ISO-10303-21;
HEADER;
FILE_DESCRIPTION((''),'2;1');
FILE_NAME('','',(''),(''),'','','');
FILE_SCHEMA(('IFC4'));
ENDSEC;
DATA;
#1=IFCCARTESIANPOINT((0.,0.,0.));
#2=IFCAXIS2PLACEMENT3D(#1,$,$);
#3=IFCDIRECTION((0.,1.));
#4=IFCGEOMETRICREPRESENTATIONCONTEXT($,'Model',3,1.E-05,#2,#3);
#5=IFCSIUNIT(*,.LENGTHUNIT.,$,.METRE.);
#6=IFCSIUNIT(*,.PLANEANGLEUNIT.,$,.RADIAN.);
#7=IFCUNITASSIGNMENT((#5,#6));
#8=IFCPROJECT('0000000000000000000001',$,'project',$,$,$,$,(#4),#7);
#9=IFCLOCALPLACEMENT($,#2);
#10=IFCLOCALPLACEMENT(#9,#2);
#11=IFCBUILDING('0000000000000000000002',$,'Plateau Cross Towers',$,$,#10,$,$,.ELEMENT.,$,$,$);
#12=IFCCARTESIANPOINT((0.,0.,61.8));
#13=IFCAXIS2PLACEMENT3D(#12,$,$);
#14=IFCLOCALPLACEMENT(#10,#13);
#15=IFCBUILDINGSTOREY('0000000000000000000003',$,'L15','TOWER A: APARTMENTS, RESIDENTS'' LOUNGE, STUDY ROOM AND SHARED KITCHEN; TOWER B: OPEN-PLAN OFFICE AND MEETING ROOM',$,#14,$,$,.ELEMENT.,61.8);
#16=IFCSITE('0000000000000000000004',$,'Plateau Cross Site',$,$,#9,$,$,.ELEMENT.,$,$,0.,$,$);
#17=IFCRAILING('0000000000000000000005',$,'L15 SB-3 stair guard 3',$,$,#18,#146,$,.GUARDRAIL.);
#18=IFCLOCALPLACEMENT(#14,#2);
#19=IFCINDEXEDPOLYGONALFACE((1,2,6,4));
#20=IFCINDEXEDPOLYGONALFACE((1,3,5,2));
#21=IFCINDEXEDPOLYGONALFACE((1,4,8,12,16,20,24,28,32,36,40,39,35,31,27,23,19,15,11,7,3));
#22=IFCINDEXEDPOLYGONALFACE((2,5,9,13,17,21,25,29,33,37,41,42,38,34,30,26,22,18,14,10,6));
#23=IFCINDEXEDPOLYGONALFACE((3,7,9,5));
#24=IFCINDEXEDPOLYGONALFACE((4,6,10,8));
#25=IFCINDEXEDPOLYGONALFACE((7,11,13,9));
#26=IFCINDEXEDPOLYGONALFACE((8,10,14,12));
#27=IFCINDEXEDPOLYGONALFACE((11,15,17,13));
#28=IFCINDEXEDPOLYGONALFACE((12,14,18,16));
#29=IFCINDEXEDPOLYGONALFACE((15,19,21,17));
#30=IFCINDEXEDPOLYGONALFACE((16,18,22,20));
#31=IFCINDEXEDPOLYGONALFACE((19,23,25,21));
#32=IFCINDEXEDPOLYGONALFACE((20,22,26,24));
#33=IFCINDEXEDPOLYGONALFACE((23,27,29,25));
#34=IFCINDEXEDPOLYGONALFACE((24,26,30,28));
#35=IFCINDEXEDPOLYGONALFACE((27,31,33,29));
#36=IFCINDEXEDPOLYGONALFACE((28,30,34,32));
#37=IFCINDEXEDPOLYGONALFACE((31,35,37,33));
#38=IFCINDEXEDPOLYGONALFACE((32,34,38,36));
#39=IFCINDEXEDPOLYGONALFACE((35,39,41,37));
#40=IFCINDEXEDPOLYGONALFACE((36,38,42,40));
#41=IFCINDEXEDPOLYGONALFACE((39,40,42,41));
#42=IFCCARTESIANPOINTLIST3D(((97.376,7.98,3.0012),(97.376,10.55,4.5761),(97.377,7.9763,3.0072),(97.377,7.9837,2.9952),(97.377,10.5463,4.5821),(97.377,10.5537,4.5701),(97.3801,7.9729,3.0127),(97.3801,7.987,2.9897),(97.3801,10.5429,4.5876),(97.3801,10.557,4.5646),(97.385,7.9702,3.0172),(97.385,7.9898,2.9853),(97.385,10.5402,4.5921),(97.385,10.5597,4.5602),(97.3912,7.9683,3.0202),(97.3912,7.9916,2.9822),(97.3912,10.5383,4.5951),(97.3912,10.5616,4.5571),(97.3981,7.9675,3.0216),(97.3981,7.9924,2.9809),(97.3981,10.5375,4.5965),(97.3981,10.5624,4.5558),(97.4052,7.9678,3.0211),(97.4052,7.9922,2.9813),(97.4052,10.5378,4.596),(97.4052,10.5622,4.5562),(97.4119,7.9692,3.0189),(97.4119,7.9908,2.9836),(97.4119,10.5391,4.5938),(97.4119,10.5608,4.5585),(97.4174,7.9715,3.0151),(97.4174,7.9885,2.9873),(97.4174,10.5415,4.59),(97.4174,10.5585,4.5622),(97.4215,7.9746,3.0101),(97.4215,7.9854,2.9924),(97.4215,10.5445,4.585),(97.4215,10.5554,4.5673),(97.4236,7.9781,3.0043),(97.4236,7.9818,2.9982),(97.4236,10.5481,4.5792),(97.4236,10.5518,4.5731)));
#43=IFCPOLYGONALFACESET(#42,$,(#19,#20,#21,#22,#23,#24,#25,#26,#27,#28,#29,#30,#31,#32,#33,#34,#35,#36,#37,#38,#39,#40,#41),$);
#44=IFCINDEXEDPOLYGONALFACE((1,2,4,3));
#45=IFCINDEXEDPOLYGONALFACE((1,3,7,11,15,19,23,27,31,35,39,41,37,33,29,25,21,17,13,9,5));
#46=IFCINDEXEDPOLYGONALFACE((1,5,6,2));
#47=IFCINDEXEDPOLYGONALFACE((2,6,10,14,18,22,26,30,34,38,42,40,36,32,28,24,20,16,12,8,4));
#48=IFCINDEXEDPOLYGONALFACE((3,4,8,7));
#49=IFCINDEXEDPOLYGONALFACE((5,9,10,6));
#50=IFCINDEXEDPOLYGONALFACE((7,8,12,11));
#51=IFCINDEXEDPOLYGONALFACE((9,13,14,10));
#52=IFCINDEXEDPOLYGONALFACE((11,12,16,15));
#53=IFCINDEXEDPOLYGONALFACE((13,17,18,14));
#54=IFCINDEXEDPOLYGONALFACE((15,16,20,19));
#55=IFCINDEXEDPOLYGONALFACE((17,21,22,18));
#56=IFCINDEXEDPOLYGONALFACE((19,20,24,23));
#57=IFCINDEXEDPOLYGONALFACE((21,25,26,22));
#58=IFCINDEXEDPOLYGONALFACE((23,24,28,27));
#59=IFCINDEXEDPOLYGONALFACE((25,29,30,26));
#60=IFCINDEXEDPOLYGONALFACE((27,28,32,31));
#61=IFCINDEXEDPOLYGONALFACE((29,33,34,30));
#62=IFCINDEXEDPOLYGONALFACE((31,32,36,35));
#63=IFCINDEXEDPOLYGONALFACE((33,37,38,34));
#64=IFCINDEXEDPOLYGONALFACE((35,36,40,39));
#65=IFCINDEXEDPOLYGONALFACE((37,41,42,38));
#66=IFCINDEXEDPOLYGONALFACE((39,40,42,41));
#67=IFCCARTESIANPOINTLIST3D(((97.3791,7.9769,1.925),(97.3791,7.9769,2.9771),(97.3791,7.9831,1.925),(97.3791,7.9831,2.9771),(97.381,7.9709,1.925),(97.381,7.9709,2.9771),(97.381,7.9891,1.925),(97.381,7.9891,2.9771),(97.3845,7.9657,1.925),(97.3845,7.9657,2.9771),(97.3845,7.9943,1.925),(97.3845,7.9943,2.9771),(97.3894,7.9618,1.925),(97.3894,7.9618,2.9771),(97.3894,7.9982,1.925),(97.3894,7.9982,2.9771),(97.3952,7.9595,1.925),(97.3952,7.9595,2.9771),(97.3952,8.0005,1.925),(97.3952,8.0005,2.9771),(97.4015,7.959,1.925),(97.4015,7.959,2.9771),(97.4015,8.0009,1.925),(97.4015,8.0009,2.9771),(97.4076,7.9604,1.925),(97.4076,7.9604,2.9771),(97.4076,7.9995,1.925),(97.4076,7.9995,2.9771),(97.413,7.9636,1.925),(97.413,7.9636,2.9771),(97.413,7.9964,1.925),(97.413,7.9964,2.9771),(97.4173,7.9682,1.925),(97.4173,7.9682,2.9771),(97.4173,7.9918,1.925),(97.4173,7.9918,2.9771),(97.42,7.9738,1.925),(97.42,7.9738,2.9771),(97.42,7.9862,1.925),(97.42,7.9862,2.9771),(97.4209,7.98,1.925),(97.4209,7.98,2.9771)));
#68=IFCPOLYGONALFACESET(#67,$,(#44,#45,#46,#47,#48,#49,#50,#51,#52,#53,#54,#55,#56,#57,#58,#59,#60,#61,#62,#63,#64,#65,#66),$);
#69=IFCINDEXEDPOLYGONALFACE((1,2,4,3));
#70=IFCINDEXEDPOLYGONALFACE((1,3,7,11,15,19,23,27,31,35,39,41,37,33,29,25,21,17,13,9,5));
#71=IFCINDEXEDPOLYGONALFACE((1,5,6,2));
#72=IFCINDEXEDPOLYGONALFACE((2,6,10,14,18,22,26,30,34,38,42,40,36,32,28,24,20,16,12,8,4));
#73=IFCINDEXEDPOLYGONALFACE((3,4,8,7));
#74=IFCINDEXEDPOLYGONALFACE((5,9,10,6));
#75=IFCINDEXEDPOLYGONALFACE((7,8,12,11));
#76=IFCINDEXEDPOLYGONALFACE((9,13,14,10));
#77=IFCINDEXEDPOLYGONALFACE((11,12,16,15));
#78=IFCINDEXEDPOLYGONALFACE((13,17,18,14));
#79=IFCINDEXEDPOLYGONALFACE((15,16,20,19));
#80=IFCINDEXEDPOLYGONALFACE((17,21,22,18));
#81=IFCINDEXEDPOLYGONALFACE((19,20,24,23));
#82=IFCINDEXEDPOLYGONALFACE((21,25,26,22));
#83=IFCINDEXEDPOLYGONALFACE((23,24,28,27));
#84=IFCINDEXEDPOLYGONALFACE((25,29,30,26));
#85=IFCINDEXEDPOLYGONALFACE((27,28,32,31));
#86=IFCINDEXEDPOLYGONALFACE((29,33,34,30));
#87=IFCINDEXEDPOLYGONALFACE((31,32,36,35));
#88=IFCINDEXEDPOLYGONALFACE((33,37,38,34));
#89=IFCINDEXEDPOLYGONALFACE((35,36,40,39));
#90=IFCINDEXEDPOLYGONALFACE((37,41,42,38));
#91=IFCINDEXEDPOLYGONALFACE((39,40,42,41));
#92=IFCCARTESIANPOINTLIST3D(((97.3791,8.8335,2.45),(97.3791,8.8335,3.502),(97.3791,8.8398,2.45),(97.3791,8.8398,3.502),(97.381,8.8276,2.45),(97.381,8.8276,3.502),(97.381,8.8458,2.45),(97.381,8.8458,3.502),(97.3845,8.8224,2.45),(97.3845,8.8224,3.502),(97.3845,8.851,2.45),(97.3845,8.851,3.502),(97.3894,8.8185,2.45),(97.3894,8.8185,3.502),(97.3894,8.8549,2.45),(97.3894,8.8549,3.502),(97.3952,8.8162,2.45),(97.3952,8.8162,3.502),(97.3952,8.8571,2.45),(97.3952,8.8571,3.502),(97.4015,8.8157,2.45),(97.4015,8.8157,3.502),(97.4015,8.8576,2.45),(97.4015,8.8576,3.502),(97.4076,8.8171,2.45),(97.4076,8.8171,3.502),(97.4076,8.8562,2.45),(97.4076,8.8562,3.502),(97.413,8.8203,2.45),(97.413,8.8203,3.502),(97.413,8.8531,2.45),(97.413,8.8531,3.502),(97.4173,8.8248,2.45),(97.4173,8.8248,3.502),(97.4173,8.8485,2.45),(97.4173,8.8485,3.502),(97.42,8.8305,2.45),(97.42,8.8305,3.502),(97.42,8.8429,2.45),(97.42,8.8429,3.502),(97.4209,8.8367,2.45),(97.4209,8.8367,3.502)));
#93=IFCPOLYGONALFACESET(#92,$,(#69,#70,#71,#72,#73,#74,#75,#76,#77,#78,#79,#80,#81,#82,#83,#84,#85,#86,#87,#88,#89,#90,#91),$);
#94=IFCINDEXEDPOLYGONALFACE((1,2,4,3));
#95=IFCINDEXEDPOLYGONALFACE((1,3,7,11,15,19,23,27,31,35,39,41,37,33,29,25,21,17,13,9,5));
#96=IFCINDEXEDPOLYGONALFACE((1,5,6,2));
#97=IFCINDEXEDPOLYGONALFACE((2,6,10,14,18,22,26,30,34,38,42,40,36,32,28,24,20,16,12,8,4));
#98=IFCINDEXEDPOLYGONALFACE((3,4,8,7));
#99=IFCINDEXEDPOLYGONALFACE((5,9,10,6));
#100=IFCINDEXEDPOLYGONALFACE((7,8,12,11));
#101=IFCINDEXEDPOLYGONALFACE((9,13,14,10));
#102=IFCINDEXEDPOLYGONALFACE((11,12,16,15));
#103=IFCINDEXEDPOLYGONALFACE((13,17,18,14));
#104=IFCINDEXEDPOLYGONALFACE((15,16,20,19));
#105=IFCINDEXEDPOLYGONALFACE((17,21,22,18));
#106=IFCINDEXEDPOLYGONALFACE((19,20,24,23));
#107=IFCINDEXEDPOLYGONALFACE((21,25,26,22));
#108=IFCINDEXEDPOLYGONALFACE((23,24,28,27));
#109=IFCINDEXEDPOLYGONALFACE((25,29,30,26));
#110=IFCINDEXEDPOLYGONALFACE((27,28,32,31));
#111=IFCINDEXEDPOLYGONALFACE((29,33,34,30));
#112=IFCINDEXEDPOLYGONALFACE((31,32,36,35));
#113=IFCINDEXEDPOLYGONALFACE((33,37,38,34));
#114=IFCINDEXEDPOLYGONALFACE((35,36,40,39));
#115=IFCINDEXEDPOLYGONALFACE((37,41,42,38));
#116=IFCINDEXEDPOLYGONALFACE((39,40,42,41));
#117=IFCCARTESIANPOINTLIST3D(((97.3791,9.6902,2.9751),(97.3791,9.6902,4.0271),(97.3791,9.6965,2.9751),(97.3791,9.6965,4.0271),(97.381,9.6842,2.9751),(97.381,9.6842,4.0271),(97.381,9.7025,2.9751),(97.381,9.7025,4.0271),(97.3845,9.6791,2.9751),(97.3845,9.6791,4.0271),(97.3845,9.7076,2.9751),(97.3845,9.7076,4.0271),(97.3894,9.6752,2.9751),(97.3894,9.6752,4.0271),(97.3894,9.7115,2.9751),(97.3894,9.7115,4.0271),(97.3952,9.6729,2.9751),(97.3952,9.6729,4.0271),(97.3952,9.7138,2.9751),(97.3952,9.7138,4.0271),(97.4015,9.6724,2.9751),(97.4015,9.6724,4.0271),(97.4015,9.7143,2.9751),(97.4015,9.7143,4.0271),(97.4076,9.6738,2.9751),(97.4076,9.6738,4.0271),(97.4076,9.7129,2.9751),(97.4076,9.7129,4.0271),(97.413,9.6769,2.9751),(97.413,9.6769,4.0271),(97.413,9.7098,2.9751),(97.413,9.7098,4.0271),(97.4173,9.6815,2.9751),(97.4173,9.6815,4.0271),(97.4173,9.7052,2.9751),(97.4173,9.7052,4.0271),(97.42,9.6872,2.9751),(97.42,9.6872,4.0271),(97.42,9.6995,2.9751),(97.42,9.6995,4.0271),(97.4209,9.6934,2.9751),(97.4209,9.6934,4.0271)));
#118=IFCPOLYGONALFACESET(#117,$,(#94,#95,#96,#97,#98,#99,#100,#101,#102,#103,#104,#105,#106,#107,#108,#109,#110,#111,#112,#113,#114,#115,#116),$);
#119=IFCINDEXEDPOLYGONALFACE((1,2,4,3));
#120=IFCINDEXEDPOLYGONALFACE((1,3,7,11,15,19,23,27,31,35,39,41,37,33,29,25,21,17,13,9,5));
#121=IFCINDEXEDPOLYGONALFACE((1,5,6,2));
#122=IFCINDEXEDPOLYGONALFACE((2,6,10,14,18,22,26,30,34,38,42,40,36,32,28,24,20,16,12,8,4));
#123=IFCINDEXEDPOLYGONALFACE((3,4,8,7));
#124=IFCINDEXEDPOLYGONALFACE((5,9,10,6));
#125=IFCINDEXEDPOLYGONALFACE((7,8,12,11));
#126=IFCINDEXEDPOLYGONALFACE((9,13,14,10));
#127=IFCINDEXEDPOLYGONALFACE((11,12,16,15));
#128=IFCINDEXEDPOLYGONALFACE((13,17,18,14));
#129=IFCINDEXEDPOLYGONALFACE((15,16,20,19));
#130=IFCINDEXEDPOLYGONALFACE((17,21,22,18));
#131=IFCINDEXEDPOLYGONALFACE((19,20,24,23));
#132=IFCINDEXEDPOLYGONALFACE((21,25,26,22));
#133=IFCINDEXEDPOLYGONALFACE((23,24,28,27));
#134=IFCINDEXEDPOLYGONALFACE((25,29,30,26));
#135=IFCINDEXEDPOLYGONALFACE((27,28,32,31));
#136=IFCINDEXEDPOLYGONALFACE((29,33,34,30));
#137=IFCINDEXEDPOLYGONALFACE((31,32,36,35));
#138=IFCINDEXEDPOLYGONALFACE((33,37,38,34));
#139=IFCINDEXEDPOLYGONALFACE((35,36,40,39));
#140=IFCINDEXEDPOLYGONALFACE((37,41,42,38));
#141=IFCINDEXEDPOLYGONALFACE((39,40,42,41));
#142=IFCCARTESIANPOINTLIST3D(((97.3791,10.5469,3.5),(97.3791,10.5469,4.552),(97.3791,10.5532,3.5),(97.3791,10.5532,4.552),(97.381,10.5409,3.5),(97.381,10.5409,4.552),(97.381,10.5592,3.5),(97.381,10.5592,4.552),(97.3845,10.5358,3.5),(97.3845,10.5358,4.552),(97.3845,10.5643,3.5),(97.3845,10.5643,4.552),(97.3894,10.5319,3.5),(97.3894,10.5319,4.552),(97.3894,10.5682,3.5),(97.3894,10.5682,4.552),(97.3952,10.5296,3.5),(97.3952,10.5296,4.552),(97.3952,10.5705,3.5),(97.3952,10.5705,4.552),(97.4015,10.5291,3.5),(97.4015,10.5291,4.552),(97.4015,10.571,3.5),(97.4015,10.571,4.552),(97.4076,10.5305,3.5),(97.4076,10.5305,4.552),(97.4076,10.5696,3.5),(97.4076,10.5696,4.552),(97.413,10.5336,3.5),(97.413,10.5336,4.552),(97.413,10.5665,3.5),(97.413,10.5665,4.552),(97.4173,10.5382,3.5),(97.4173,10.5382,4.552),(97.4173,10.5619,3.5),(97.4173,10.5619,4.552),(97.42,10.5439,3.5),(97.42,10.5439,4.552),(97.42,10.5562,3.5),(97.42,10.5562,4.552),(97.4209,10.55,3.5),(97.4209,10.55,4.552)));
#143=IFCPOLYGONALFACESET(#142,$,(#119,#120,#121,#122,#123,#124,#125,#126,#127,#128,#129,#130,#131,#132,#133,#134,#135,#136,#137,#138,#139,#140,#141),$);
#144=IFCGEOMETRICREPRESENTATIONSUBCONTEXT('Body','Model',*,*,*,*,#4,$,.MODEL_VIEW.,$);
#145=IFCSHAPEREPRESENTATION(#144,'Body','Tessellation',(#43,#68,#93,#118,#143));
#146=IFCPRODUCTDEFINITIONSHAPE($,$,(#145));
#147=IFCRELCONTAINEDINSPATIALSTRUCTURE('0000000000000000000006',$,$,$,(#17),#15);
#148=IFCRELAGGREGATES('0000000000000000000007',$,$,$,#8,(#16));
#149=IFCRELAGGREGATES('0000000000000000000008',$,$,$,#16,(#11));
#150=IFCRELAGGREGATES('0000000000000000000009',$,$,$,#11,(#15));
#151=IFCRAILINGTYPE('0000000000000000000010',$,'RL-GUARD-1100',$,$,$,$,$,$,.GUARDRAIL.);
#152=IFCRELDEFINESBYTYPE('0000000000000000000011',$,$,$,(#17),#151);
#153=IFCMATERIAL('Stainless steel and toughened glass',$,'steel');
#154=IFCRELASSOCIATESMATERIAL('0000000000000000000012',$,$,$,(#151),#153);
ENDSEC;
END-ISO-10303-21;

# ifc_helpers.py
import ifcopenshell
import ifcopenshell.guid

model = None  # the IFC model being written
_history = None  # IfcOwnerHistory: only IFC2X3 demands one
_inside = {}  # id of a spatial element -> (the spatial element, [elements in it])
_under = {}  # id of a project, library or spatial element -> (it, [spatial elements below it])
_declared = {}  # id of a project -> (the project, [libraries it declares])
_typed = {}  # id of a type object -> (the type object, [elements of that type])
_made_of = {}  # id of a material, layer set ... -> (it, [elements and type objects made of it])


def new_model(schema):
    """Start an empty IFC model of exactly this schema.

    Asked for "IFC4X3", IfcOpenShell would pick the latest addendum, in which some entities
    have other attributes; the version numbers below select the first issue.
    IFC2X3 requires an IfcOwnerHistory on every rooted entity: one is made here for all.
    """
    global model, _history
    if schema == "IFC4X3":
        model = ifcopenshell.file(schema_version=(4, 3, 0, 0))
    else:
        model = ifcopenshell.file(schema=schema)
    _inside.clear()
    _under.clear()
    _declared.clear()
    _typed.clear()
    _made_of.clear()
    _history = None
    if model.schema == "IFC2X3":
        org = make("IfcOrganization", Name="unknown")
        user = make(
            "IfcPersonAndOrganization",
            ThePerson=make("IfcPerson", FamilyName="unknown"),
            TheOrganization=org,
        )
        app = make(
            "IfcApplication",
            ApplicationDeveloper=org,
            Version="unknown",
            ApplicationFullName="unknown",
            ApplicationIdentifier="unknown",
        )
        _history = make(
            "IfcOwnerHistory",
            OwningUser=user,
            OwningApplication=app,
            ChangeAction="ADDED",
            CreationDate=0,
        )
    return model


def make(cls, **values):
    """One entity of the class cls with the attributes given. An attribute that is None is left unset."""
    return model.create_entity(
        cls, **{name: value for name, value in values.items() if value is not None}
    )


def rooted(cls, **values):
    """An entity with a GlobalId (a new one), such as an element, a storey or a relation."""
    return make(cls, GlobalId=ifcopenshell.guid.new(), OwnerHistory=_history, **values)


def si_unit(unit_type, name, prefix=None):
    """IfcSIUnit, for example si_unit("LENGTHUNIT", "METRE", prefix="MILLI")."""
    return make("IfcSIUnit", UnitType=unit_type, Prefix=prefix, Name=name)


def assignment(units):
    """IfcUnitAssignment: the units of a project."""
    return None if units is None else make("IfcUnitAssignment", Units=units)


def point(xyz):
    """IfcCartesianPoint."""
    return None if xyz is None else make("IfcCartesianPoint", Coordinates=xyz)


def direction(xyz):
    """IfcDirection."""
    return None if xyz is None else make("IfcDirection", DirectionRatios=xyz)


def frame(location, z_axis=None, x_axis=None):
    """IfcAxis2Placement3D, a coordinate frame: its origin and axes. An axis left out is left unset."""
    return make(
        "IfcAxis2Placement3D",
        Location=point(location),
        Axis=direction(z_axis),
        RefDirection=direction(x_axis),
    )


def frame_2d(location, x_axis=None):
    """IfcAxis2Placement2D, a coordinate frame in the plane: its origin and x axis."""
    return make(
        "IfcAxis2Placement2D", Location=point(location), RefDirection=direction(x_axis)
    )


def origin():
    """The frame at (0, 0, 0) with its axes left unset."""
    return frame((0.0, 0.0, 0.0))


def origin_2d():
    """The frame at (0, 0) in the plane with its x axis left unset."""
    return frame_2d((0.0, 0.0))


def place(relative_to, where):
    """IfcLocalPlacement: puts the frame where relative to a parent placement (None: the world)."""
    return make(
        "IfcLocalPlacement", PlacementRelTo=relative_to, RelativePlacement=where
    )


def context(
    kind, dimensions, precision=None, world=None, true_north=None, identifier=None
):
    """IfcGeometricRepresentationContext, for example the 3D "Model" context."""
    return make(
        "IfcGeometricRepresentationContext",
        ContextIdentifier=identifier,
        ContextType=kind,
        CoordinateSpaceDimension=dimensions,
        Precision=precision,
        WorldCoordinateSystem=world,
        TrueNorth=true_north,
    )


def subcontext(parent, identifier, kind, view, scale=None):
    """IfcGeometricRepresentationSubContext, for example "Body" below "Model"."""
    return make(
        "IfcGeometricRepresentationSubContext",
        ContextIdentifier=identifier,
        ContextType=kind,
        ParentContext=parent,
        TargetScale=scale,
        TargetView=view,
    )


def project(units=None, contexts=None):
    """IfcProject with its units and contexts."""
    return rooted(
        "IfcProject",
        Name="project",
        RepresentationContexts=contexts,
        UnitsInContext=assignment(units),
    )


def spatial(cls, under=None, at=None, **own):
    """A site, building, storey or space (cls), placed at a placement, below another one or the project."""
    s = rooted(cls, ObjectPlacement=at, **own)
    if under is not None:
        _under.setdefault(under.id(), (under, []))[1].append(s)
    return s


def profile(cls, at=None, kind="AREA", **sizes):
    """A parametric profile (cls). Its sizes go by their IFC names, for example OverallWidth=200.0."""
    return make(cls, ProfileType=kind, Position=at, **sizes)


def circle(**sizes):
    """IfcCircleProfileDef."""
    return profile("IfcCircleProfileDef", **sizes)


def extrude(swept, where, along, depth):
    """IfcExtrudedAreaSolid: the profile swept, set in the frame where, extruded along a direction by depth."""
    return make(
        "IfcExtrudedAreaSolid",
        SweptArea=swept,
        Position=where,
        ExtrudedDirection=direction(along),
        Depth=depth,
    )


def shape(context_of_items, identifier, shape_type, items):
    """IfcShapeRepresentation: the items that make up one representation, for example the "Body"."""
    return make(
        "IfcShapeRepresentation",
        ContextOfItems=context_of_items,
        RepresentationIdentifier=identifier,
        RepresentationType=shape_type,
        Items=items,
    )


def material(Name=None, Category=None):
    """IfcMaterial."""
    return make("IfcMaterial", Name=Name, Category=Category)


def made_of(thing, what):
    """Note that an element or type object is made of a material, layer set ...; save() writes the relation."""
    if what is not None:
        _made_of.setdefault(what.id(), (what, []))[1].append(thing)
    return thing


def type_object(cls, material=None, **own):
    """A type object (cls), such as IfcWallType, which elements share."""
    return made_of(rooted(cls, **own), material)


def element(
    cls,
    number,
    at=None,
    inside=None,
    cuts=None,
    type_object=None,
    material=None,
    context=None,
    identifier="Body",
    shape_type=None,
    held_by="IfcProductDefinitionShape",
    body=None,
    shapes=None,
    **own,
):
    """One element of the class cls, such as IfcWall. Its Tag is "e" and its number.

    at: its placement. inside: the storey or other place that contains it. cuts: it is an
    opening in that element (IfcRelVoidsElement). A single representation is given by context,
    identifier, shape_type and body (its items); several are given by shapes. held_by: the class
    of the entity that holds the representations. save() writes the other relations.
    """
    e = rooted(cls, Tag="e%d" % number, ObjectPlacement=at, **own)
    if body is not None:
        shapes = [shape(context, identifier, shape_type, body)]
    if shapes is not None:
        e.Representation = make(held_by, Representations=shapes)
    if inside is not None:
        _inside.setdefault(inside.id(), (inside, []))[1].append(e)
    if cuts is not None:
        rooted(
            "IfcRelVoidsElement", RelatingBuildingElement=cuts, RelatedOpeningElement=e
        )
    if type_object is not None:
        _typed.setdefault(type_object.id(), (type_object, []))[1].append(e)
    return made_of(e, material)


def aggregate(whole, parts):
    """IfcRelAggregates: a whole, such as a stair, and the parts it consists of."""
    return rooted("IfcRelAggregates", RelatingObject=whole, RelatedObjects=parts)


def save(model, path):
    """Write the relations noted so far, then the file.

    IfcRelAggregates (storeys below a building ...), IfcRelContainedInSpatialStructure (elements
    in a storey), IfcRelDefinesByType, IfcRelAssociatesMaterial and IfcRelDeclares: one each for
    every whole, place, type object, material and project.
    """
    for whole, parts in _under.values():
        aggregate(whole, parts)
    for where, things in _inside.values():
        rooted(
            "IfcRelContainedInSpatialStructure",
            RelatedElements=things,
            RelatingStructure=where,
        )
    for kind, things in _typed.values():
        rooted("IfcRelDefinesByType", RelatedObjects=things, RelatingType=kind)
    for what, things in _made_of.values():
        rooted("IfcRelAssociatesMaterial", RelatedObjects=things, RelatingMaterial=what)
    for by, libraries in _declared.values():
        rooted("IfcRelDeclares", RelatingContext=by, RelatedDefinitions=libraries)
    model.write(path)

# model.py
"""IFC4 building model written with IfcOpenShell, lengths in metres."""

from ifc_helpers import new_model, si_unit, direction, frame, origin, origin_2d, place, context, subcontext, project, spatial, circle, extrude, material, type_object, element, save


model = new_model("IFC4")

# Units and contexts
model_context = context("Model", 3, precision=1e-05, world=origin(), true_north=direction((0.0, 1.0)))
body_context = subcontext(model_context, "Body", "Model", "MODEL_VIEW")
ifc_project = project(units=[si_unit("LENGTHUNIT", "METRE"), si_unit("PLANEANGLEUNIT", "RADIAN")], contexts=[model_context])

# Site, building, storey
site_placement = place(None, origin())
site = spatial("IfcSite", under=ifc_project, at=site_placement, Name="Plateau Cross Site", CompositionType="ELEMENT", RefElevation=0.0)
building_placement = place(site_placement, origin())
building = spatial("IfcBuilding", under=site, at=building_placement, Name="Plateau Cross Towers", CompositionType="ELEMENT")
storey_placement = place(building_placement, frame((0.0, 0.0, 61.8)))
storey = spatial("IfcBuildingStorey", under=building, at=storey_placement, Name="L15", Description="TOWER A: APARTMENTS, RESIDENTS' LOUNGE, STUDY ROOM AND SHARED KITCHEN; TOWER B: OPEN-PLAN OFFICE AND MEETING ROOM", CompositionType="ELEMENT", Elevation=61.8)

# Railing
ifc_material_1 = material(Name="Stainless steel and toughened glass", Category="steel")
railing_type_1 = type_object("IfcRailingType", Name="RL-GUARD-1100", PredefinedType="GUARDRAIL", material=ifc_material_1)
railing_1_placement = place(storey_placement, frame((97.3999, 7.98, 1.925)))
element("IfcRailing", 1, at=railing_1_placement, inside=storey, type_object=railing_type_1, Name="L15 SB-3 stair guard 3", PredefinedType="GUARDRAIL", context=body_context, shape_type="SweptSolid", body=[
    extrude(circle(Radius=0.0239, at=origin_2d()), frame((0.0, 0.0, 1.0762), z_axis=(0.0, 0.852639, 0.522501), x_axis=(-1.0, 0.0, 0.0)), (0.0, 0.0, 1.0), 3.0142),
    extrude(circle(Radius=0.021, at=origin_2d()), origin(), (0.0, 0.0, 1.0), 1.052),
    extrude(circle(Radius=0.021, at=origin_2d()), frame((0.0, 0.8567, 0.5249)), (0.0, 0.0, 1.0), 1.052),
    extrude(circle(Radius=0.021, at=origin_2d()), frame((0.0, 1.7134, 1.05)), (0.0, 0.0, 1.0), 1.052),
    extrude(circle(Radius=0.021, at=origin_2d()), frame((0.0, 2.5701, 1.575)), (0.0, 0.0, 1.0), 1.052),
])

save(model, "model.ifc")
